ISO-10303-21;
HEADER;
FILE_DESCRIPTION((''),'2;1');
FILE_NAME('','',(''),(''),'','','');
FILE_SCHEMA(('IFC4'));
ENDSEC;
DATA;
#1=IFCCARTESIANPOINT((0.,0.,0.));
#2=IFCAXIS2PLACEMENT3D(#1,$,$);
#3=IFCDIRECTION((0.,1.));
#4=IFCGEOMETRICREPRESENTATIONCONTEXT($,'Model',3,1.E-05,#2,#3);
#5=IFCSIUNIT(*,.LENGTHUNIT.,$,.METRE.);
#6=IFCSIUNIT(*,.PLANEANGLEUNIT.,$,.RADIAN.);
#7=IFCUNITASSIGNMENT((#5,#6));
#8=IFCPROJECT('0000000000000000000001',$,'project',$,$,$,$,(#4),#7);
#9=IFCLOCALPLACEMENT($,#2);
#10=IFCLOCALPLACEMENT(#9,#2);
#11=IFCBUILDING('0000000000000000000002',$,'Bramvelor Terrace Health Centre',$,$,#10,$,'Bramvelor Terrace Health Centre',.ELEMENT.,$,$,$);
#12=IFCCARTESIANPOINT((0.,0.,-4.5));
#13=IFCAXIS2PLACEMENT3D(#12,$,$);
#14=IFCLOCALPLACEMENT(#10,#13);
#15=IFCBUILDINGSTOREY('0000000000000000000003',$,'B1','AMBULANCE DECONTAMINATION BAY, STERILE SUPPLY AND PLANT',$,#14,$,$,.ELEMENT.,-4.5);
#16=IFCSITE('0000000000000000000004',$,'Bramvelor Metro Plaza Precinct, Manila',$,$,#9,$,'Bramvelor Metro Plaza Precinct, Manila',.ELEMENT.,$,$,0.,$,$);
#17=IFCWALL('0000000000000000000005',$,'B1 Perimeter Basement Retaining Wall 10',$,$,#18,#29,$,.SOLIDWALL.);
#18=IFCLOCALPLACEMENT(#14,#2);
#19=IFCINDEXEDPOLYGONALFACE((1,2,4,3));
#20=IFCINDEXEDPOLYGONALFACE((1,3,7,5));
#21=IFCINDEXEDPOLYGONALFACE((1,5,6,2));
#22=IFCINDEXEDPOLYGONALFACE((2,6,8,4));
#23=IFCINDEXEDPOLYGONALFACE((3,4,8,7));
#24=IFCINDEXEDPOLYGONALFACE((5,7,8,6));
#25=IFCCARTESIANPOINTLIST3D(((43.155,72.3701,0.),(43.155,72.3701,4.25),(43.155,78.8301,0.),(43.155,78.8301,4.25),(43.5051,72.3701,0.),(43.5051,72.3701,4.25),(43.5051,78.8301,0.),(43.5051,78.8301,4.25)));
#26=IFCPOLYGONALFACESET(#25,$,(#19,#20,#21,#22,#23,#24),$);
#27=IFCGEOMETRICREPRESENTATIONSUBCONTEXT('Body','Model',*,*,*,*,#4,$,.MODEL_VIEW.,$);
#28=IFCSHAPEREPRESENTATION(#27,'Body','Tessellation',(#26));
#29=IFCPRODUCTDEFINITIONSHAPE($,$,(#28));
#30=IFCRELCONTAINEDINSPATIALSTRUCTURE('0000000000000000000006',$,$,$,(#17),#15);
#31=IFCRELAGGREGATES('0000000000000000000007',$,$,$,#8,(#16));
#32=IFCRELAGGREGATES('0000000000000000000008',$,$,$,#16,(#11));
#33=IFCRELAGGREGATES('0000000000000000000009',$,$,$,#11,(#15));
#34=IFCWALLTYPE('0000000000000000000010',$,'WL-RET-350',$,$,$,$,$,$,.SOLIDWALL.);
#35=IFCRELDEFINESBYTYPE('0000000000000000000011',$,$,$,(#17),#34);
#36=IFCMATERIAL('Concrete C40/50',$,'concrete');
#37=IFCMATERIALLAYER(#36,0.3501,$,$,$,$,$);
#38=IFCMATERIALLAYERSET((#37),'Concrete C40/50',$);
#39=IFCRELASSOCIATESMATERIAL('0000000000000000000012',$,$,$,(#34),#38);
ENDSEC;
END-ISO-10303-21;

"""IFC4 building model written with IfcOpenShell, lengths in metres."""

from ifc_helpers import new_model, si_unit, direction, frame, frame_2d, origin, place, context, subcontext, project, spatial, rectangle, extrude, material, layer, layer_set, type_object, element, save


model = new_model("IFC4")

# Units and contexts
model_context = context("Model", 3, precision=1e-05, world=origin(), true_north=direction((0.0, 1.0)))
body_context = subcontext(model_context, "Body", "Model", "MODEL_VIEW")
ifc_project = project(units=[si_unit("LENGTHUNIT", "METRE"), si_unit("PLANEANGLEUNIT", "RADIAN")], contexts=[model_context])

# Site, building, storey
site_placement = place(None, origin())
site = spatial("IfcSite", under=ifc_project, at=site_placement, Name="Bramvelor Metro Plaza Precinct, Manila", LongName="Bramvelor Metro Plaza Precinct, Manila", CompositionType="ELEMENT", RefElevation=0.0)
building_placement = place(site_placement, origin())
building = spatial("IfcBuilding", under=site, at=building_placement, Name="Bramvelor Terrace Health Centre", LongName="Bramvelor Terrace Health Centre", CompositionType="ELEMENT")
storey_placement = place(building_placement, frame((0.0, 0.0, -4.5)))
storey = spatial("IfcBuildingStorey", under=building, at=storey_placement, Name="B1", Description="AMBULANCE DECONTAMINATION BAY, STERILE SUPPLY AND PLANT", CompositionType="ELEMENT", Elevation=-4.5)

# Wall
ifc_material_1 = material(Name="Concrete C40/50", Category="concrete")
ifc_layer_1 = layer(ifc_material_1, 0.3501)
ifc_layer_set_1 = layer_set([ifc_layer_1], Name="Concrete C40/50")
wall_type_1 = type_object("IfcWallType", Name="WL-RET-350", PredefinedType="SOLIDWALL", material=ifc_layer_set_1)
wall_1_placement = place(storey_placement, frame((43.3301, 72.3701, 0.0), z_axis=(0.0, 0.0, 1.0), x_axis=(0.0, 1.0, 0.0)))
element("IfcWall", 1, at=wall_1_placement, inside=storey, type_object=wall_type_1, Name="B1 Perimeter Basement Retaining Wall 10", PredefinedType="SOLIDWALL", context=body_context, shape_type="SweptSolid", body=[
    extrude(rectangle(XDim=6.46, YDim=0.3501, at=frame_2d((3.23, 0.0))), origin(), (0.0, 0.0, 1.0), 4.25),
])

save(model, "model.ifc")
